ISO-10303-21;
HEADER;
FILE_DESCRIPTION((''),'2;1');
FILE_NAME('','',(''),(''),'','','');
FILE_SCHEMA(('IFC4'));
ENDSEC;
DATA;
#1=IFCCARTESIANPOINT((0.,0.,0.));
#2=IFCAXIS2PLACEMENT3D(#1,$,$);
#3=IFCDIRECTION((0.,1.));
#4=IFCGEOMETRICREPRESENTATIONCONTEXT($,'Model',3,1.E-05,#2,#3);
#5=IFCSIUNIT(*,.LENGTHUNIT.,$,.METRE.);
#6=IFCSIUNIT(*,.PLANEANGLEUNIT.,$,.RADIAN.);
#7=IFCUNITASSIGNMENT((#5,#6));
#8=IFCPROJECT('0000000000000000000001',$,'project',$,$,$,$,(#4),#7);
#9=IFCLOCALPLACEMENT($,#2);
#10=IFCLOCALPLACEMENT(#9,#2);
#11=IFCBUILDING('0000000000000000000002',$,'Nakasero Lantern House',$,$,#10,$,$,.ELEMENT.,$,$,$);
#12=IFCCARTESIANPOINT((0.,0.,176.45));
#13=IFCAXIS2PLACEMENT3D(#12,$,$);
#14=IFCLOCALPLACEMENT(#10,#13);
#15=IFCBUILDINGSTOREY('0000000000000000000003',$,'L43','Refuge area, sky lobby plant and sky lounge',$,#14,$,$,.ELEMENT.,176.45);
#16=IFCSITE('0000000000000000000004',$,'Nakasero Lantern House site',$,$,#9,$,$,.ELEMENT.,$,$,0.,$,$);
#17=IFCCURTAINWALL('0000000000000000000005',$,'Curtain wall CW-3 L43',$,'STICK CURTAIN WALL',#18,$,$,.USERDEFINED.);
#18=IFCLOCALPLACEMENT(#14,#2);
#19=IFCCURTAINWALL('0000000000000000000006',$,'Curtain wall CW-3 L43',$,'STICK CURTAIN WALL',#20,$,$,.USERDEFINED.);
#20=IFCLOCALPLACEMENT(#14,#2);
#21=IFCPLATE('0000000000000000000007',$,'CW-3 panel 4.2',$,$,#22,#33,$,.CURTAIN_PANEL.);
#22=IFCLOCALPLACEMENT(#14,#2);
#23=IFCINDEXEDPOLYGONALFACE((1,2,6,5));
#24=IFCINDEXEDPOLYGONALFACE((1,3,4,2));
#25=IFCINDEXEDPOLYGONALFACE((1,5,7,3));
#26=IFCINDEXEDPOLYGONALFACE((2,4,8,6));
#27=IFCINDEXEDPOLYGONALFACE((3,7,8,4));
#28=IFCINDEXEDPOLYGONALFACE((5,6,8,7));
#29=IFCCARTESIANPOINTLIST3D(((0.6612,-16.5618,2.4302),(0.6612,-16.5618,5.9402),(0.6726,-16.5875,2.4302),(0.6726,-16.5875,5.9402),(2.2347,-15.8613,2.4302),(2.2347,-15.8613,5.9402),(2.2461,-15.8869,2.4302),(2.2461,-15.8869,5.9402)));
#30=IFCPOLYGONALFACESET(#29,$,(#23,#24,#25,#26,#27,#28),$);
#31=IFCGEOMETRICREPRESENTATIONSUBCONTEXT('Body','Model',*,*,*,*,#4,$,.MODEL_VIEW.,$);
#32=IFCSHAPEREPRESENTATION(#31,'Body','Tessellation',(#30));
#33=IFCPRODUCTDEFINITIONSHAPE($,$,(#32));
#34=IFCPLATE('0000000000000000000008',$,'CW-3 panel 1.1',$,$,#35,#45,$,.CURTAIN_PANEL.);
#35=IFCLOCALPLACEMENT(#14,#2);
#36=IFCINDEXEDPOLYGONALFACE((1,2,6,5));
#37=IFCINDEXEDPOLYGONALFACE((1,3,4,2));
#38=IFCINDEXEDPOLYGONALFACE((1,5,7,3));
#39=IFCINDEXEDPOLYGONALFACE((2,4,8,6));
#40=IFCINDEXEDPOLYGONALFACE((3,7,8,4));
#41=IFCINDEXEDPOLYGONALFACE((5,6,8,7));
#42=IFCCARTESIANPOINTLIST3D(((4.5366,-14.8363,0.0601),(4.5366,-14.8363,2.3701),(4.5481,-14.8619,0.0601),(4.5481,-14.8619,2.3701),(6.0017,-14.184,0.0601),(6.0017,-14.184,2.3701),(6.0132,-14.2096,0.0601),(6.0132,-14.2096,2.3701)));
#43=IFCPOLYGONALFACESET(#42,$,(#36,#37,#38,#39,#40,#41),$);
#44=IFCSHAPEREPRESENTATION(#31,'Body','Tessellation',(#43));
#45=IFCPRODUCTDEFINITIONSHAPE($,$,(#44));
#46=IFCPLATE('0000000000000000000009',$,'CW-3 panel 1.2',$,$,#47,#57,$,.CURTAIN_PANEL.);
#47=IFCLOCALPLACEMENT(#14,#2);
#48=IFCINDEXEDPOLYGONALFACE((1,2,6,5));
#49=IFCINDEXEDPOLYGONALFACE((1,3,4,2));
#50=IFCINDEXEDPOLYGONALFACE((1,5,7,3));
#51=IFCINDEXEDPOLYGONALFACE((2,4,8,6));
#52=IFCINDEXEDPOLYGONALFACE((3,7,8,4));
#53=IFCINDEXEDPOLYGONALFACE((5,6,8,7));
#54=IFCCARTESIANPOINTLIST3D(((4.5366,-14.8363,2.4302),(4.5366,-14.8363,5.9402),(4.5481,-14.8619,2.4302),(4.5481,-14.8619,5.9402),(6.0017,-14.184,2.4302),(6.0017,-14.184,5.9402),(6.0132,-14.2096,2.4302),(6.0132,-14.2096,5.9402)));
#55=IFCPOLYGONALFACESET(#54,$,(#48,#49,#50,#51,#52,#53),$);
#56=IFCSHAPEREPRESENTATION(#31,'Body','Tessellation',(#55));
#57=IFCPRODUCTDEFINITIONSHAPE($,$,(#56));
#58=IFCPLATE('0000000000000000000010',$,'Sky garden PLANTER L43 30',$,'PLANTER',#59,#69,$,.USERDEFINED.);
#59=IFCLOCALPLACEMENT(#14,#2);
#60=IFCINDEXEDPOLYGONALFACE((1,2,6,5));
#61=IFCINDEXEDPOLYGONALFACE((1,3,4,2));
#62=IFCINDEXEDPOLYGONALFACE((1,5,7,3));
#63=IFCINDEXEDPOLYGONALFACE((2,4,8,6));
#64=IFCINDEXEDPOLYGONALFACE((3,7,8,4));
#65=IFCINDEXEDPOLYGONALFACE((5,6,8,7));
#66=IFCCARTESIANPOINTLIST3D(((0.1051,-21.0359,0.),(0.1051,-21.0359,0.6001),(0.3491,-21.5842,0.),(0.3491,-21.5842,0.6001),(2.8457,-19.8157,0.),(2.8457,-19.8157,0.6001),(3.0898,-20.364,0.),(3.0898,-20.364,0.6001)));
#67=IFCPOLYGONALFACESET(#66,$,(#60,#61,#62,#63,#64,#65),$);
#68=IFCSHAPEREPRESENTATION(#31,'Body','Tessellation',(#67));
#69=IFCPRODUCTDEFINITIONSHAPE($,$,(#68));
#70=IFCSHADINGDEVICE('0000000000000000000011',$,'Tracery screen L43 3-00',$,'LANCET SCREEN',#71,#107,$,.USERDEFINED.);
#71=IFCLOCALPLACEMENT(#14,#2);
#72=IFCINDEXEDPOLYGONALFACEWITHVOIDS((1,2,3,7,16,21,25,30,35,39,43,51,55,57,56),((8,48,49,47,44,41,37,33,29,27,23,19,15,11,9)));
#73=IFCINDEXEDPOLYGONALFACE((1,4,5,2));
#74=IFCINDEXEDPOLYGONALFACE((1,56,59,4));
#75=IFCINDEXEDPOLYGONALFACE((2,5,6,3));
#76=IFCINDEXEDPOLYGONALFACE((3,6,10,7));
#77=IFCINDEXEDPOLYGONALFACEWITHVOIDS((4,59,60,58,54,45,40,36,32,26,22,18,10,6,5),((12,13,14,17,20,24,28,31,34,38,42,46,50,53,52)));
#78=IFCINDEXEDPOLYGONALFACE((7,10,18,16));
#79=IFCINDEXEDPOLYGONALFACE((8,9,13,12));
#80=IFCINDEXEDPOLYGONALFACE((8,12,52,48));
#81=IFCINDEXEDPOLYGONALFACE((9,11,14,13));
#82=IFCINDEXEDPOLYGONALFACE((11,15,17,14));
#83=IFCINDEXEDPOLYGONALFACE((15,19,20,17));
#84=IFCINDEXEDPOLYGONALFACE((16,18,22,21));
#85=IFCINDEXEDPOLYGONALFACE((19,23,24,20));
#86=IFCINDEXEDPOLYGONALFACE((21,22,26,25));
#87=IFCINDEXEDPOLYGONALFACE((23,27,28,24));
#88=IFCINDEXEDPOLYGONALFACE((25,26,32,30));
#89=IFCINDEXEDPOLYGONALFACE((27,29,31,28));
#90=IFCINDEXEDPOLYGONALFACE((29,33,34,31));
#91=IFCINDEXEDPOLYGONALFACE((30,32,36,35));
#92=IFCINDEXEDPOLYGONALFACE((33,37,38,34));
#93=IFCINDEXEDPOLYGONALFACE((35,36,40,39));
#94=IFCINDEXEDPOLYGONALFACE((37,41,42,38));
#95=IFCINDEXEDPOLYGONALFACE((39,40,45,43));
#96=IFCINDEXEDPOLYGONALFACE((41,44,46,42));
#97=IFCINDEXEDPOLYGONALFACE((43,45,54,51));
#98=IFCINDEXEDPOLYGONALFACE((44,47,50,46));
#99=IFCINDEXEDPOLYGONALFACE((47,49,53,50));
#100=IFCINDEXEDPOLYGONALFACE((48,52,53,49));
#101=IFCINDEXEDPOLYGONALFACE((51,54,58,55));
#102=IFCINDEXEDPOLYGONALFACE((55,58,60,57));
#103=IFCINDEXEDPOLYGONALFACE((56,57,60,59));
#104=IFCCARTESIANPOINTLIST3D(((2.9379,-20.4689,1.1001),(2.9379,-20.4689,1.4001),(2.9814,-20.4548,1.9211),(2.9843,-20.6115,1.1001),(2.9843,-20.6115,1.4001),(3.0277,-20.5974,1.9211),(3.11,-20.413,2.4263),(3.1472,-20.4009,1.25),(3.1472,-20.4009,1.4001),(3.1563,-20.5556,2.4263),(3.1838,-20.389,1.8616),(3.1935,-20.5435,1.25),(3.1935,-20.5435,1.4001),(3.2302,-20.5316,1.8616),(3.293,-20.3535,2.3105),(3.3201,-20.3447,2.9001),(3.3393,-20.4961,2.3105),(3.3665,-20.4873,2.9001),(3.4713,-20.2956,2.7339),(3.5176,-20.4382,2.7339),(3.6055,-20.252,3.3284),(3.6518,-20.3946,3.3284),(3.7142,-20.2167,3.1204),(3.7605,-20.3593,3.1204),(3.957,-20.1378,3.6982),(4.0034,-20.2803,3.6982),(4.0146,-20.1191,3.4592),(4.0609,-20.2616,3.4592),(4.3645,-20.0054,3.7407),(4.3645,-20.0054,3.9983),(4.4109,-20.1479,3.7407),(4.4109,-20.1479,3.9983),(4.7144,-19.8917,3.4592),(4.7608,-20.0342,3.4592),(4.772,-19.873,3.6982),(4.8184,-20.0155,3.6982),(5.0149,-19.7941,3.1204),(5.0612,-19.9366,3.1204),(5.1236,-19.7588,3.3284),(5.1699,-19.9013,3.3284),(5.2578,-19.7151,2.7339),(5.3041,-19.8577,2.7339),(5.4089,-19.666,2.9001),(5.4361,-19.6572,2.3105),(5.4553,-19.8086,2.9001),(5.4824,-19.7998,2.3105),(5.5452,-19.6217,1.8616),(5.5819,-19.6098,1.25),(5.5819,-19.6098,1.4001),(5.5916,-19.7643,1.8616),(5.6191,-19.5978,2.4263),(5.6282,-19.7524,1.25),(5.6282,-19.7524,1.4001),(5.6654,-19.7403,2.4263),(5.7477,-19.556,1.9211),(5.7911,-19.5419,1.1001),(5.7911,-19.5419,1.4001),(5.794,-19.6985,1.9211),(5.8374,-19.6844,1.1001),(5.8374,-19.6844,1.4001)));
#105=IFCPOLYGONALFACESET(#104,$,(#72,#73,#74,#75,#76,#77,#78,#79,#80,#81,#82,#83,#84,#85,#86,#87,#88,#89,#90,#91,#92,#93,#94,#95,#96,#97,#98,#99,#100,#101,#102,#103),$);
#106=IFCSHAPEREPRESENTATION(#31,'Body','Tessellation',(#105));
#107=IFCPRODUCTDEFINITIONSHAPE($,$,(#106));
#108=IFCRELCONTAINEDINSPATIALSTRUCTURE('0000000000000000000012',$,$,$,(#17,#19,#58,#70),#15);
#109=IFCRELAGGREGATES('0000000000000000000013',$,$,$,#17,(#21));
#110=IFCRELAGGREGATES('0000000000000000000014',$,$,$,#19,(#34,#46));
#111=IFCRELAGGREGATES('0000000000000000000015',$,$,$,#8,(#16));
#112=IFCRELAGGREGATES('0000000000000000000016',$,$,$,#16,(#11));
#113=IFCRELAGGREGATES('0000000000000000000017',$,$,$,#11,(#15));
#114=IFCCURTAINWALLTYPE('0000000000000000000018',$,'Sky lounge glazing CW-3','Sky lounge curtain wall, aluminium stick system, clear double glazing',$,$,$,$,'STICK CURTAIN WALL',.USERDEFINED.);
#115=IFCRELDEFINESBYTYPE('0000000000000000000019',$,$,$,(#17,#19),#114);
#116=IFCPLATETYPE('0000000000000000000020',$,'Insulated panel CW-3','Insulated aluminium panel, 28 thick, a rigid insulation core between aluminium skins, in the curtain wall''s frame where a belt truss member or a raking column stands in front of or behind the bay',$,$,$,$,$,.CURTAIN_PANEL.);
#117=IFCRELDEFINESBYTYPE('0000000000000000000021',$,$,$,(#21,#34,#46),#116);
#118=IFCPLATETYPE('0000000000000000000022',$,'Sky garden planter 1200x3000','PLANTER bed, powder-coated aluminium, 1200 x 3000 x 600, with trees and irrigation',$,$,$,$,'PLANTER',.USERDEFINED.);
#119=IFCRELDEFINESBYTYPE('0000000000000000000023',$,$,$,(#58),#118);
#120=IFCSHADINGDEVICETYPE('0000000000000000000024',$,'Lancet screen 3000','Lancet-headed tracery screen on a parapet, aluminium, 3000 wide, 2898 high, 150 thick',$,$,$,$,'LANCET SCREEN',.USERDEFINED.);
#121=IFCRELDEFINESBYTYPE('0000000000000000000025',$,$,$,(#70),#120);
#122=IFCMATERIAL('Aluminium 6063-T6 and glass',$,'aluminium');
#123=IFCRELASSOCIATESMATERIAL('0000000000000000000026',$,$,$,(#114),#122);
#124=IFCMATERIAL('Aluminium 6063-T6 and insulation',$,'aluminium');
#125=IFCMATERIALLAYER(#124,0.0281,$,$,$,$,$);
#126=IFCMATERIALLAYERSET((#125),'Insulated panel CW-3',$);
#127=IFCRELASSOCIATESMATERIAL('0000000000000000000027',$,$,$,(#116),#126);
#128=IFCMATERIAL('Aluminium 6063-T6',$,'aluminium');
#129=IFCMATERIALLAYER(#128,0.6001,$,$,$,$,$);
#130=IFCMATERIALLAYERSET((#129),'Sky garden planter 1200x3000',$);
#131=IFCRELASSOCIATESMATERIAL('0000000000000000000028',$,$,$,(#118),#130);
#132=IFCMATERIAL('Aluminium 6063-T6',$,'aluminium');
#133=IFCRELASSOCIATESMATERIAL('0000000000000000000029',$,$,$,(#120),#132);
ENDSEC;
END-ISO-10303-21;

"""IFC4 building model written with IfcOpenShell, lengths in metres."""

from ifc_helpers import new_model, si_unit, direction, frame, origin, origin_2d, place, context, subcontext, project, spatial, polyline, rectangle, outline, extrude, material, layer, layer_set, type_object, element, aggregate, save


model = new_model("IFC4")

# Units and contexts
model_context = context("Model", 3, precision=1e-05, world=origin(), true_north=direction((0.0, 1.0)))
body_context = subcontext(model_context, "Body", "Model", "MODEL_VIEW")
ifc_project = project(units=[si_unit("LENGTHUNIT", "METRE"), si_unit("PLANEANGLEUNIT", "RADIAN")], contexts=[model_context])

# Site, building, storey
site_placement = place(None, origin())
site = spatial("IfcSite", under=ifc_project, at=site_placement, Name="Nakasero Lantern House site", CompositionType="ELEMENT", RefElevation=0.0)
building_placement = place(site_placement, origin())
building = spatial("IfcBuilding", under=site, at=building_placement, Name="Nakasero Lantern House", CompositionType="ELEMENT")
storey_placement = place(building_placement, frame((0.0, 0.0, 176.45)))
storey = spatial("IfcBuildingStorey", under=building, at=storey_placement, Name="L43", Description="Refuge area, sky lobby plant and sky lounge", CompositionType="ELEMENT", Elevation=176.45)

# Curtain wall
ifc_material_1 = material(Name="Aluminium 6063-T6 and glass", Category="aluminium")
curtain_wall_type = type_object("IfcCurtainWallType", Name="Sky lounge glazing CW-3", Description="Sky lounge curtain wall, aluminium stick system, clear double glazing", ElementType="STICK CURTAIN WALL", PredefinedType="USERDEFINED", material=ifc_material_1)
curtain_wall_1_placement = place(storey_placement, origin())
curtain_wall_1 = element("IfcCurtainWall", 1, at=curtain_wall_1_placement, inside=storey, type_object=curtain_wall_type, Name="Curtain wall CW-3 L43", ObjectType="STICK CURTAIN WALL", PredefinedType="USERDEFINED")

# Curtain wall
curtain_wall_2_placement = place(storey_placement, origin())
curtain_wall_2 = element("IfcCurtainWall", 2, at=curtain_wall_2_placement, inside=storey, type_object=curtain_wall_type, Name="Curtain wall CW-3 L43", ObjectType="STICK CURTAIN WALL", PredefinedType="USERDEFINED")

# Plates
ifc_material_2 = material(Name="Aluminium 6063-T6 and insulation", Category="aluminium")
ifc_layer_1 = layer(ifc_material_2, 0.0281)
ifc_layer_set_1 = layer_set([ifc_layer_1], Name="Insulated panel CW-3")
plate_type_1 = type_object("IfcPlateType", Name="Insulated panel CW-3", Description="Insulated aluminium panel, 28 thick, a rigid insulation core between aluminium skins, in the curtain wall's frame where a belt truss member or a raking column stands in front of or behind the bay", PredefinedType="CURTAIN_PANEL", material=ifc_layer_set_1)
plate_1_placement = place(storey_placement, frame((1.4536, -16.2244, 2.4302), z_axis=(0.0, 0.0, 1.0), x_axis=(0.913545, 0.406737, 0.0)))
plate_1 = element("IfcPlate", 3, at=plate_1_placement, type_object=plate_type_1, Name="CW-3 panel 4.2", PredefinedType="CURTAIN_PANEL", context=body_context, shape_type="SweptSolid", body=[
    extrude(rectangle(XDim=1.7224, YDim=0.0281, at=origin_2d()), origin(), (0.0, 0.0, 1.0), 3.51),
])
aggregate(curtain_wall_1, [plate_1])
plate_2_placement = place(storey_placement, frame((5.2749, -14.5229, 0.0601), z_axis=(0.0, 0.0, 1.0), x_axis=(0.913545, 0.406737, 0.0)))
plate_2 = element("IfcPlate", 4, at=plate_2_placement, type_object=plate_type_1, Name="CW-3 panel 1.1", PredefinedType="CURTAIN_PANEL", context=body_context, shape_type="SweptSolid", body=[
    extrude(rectangle(XDim=1.6038, YDim=0.0281, at=origin_2d()), origin(), (0.0, 0.0, 1.0), 2.3101),
])
plate_3_placement = place(storey_placement, frame((5.2749, -14.5229, 2.4302), z_axis=(0.0, 0.0, 1.0), x_axis=(0.913545, 0.406737, 0.0)))
plate_3 = element("IfcPlate", 5, at=plate_3_placement, type_object=plate_type_1, Name="CW-3 panel 1.2", PredefinedType="CURTAIN_PANEL", context=body_context, shape_type="SweptSolid", body=[
    extrude(rectangle(XDim=1.6038, YDim=0.0281, at=origin_2d()), origin(), (0.0, 0.0, 1.0), 3.51),
])
aggregate(curtain_wall_2, [plate_2, plate_3])
ifc_material_3 = material(Name="Aluminium 6063-T6", Category="aluminium")
ifc_layer_2 = layer(ifc_material_3, 0.6001)
ifc_layer_set_2 = layer_set([ifc_layer_2], Name="Sky garden planter 1200x3000")
plate_type_2 = type_object("IfcPlateType", Name="Sky garden planter 1200x3000", Description="PLANTER bed, powder-coated aluminium, 1200 x 3000 x 600, with trees and irrigation", ElementType="PLANTER", PredefinedType="USERDEFINED", material=ifc_layer_set_2)
plate_4_placement = place(storey_placement, frame((1.5974, -20.7, 0.0), z_axis=(0.0, 0.0, 1.0), x_axis=(0.406737, -0.913545, 0.0)))
element("IfcPlate", 6, at=plate_4_placement, inside=storey, type_object=plate_type_2, Name="Sky garden PLANTER L43 30", ObjectType="PLANTER", PredefinedType="USERDEFINED", context=body_context, shape_type="SweptSolid", body=[
    extrude(rectangle(XDim=0.6001, YDim=3.0, at=origin_2d()), origin(), (0.0, 0.0, 1.0), 0.6001),
])

# Shading device
ifc_material_4 = material(Name="Aluminium 6063-T6", Category="aluminium")
shading_device_type = type_object("IfcShadingDeviceType", Name="Lancet screen 3000", Description="Lancet-headed tracery screen on a parapet, aluminium, 3000 wide, 2898 high, 150 thick", ElementType="LANCET SCREEN", PredefinedType="USERDEFINED", material=ifc_material_4)
shading_device_placement = place(storey_placement, frame((4.3877, -20.0767, 1.1001), z_axis=(0.0, 0.0, 1.0), x_axis=(0.951057, 0.309017, 0.0)))
element("IfcShadingDevice", 7, at=shading_device_placement, inside=storey, type_object=shading_device_type, Name="Tracery screen L43 3-00", ObjectType="LANCET SCREEN", PredefinedType="USERDEFINED", context=body_context, shape_type="SweptSolid", body=[
    extrude(outline(polyline([(-1.5, 0.0), (1.5, 0.0), (1.5, 0.3), (1.4543, 0.821), (1.3191, 1.3262), (1.0981, 1.8), (0.7981, 2.2283), (0.4285, 2.5981), (0.0, 2.8982), (-0.4285, 2.5981), (-0.7981, 2.2283), (-1.0981, 1.8), (-1.3191, 1.3262), (-1.4543, 0.821), (-1.5, 0.3), (-1.5, 0.0)]), holes=[polyline([(-1.28, 0.1499), (1.28, 0.1499), (1.28, 0.3), (1.2415, 0.7615), (1.1267, 1.2104), (0.9392, 1.6338), (0.6838, 2.0203), (0.3679, 2.3591), (0.0, 2.6406), (-0.3679, 2.3591), (-0.6838, 2.0203), (-0.9392, 1.6338), (-1.1267, 1.2104), (-1.2415, 0.7615), (-1.28, 0.3), (-1.28, 0.1499)])]), frame((0.0, 0.075, 0.0), z_axis=(0.0, -1.0, 0.0), x_axis=(1.0, 0.0, 0.0)), (0.0, 0.0, 1.0), 0.1499),
])

save(model, "model.ifc")
